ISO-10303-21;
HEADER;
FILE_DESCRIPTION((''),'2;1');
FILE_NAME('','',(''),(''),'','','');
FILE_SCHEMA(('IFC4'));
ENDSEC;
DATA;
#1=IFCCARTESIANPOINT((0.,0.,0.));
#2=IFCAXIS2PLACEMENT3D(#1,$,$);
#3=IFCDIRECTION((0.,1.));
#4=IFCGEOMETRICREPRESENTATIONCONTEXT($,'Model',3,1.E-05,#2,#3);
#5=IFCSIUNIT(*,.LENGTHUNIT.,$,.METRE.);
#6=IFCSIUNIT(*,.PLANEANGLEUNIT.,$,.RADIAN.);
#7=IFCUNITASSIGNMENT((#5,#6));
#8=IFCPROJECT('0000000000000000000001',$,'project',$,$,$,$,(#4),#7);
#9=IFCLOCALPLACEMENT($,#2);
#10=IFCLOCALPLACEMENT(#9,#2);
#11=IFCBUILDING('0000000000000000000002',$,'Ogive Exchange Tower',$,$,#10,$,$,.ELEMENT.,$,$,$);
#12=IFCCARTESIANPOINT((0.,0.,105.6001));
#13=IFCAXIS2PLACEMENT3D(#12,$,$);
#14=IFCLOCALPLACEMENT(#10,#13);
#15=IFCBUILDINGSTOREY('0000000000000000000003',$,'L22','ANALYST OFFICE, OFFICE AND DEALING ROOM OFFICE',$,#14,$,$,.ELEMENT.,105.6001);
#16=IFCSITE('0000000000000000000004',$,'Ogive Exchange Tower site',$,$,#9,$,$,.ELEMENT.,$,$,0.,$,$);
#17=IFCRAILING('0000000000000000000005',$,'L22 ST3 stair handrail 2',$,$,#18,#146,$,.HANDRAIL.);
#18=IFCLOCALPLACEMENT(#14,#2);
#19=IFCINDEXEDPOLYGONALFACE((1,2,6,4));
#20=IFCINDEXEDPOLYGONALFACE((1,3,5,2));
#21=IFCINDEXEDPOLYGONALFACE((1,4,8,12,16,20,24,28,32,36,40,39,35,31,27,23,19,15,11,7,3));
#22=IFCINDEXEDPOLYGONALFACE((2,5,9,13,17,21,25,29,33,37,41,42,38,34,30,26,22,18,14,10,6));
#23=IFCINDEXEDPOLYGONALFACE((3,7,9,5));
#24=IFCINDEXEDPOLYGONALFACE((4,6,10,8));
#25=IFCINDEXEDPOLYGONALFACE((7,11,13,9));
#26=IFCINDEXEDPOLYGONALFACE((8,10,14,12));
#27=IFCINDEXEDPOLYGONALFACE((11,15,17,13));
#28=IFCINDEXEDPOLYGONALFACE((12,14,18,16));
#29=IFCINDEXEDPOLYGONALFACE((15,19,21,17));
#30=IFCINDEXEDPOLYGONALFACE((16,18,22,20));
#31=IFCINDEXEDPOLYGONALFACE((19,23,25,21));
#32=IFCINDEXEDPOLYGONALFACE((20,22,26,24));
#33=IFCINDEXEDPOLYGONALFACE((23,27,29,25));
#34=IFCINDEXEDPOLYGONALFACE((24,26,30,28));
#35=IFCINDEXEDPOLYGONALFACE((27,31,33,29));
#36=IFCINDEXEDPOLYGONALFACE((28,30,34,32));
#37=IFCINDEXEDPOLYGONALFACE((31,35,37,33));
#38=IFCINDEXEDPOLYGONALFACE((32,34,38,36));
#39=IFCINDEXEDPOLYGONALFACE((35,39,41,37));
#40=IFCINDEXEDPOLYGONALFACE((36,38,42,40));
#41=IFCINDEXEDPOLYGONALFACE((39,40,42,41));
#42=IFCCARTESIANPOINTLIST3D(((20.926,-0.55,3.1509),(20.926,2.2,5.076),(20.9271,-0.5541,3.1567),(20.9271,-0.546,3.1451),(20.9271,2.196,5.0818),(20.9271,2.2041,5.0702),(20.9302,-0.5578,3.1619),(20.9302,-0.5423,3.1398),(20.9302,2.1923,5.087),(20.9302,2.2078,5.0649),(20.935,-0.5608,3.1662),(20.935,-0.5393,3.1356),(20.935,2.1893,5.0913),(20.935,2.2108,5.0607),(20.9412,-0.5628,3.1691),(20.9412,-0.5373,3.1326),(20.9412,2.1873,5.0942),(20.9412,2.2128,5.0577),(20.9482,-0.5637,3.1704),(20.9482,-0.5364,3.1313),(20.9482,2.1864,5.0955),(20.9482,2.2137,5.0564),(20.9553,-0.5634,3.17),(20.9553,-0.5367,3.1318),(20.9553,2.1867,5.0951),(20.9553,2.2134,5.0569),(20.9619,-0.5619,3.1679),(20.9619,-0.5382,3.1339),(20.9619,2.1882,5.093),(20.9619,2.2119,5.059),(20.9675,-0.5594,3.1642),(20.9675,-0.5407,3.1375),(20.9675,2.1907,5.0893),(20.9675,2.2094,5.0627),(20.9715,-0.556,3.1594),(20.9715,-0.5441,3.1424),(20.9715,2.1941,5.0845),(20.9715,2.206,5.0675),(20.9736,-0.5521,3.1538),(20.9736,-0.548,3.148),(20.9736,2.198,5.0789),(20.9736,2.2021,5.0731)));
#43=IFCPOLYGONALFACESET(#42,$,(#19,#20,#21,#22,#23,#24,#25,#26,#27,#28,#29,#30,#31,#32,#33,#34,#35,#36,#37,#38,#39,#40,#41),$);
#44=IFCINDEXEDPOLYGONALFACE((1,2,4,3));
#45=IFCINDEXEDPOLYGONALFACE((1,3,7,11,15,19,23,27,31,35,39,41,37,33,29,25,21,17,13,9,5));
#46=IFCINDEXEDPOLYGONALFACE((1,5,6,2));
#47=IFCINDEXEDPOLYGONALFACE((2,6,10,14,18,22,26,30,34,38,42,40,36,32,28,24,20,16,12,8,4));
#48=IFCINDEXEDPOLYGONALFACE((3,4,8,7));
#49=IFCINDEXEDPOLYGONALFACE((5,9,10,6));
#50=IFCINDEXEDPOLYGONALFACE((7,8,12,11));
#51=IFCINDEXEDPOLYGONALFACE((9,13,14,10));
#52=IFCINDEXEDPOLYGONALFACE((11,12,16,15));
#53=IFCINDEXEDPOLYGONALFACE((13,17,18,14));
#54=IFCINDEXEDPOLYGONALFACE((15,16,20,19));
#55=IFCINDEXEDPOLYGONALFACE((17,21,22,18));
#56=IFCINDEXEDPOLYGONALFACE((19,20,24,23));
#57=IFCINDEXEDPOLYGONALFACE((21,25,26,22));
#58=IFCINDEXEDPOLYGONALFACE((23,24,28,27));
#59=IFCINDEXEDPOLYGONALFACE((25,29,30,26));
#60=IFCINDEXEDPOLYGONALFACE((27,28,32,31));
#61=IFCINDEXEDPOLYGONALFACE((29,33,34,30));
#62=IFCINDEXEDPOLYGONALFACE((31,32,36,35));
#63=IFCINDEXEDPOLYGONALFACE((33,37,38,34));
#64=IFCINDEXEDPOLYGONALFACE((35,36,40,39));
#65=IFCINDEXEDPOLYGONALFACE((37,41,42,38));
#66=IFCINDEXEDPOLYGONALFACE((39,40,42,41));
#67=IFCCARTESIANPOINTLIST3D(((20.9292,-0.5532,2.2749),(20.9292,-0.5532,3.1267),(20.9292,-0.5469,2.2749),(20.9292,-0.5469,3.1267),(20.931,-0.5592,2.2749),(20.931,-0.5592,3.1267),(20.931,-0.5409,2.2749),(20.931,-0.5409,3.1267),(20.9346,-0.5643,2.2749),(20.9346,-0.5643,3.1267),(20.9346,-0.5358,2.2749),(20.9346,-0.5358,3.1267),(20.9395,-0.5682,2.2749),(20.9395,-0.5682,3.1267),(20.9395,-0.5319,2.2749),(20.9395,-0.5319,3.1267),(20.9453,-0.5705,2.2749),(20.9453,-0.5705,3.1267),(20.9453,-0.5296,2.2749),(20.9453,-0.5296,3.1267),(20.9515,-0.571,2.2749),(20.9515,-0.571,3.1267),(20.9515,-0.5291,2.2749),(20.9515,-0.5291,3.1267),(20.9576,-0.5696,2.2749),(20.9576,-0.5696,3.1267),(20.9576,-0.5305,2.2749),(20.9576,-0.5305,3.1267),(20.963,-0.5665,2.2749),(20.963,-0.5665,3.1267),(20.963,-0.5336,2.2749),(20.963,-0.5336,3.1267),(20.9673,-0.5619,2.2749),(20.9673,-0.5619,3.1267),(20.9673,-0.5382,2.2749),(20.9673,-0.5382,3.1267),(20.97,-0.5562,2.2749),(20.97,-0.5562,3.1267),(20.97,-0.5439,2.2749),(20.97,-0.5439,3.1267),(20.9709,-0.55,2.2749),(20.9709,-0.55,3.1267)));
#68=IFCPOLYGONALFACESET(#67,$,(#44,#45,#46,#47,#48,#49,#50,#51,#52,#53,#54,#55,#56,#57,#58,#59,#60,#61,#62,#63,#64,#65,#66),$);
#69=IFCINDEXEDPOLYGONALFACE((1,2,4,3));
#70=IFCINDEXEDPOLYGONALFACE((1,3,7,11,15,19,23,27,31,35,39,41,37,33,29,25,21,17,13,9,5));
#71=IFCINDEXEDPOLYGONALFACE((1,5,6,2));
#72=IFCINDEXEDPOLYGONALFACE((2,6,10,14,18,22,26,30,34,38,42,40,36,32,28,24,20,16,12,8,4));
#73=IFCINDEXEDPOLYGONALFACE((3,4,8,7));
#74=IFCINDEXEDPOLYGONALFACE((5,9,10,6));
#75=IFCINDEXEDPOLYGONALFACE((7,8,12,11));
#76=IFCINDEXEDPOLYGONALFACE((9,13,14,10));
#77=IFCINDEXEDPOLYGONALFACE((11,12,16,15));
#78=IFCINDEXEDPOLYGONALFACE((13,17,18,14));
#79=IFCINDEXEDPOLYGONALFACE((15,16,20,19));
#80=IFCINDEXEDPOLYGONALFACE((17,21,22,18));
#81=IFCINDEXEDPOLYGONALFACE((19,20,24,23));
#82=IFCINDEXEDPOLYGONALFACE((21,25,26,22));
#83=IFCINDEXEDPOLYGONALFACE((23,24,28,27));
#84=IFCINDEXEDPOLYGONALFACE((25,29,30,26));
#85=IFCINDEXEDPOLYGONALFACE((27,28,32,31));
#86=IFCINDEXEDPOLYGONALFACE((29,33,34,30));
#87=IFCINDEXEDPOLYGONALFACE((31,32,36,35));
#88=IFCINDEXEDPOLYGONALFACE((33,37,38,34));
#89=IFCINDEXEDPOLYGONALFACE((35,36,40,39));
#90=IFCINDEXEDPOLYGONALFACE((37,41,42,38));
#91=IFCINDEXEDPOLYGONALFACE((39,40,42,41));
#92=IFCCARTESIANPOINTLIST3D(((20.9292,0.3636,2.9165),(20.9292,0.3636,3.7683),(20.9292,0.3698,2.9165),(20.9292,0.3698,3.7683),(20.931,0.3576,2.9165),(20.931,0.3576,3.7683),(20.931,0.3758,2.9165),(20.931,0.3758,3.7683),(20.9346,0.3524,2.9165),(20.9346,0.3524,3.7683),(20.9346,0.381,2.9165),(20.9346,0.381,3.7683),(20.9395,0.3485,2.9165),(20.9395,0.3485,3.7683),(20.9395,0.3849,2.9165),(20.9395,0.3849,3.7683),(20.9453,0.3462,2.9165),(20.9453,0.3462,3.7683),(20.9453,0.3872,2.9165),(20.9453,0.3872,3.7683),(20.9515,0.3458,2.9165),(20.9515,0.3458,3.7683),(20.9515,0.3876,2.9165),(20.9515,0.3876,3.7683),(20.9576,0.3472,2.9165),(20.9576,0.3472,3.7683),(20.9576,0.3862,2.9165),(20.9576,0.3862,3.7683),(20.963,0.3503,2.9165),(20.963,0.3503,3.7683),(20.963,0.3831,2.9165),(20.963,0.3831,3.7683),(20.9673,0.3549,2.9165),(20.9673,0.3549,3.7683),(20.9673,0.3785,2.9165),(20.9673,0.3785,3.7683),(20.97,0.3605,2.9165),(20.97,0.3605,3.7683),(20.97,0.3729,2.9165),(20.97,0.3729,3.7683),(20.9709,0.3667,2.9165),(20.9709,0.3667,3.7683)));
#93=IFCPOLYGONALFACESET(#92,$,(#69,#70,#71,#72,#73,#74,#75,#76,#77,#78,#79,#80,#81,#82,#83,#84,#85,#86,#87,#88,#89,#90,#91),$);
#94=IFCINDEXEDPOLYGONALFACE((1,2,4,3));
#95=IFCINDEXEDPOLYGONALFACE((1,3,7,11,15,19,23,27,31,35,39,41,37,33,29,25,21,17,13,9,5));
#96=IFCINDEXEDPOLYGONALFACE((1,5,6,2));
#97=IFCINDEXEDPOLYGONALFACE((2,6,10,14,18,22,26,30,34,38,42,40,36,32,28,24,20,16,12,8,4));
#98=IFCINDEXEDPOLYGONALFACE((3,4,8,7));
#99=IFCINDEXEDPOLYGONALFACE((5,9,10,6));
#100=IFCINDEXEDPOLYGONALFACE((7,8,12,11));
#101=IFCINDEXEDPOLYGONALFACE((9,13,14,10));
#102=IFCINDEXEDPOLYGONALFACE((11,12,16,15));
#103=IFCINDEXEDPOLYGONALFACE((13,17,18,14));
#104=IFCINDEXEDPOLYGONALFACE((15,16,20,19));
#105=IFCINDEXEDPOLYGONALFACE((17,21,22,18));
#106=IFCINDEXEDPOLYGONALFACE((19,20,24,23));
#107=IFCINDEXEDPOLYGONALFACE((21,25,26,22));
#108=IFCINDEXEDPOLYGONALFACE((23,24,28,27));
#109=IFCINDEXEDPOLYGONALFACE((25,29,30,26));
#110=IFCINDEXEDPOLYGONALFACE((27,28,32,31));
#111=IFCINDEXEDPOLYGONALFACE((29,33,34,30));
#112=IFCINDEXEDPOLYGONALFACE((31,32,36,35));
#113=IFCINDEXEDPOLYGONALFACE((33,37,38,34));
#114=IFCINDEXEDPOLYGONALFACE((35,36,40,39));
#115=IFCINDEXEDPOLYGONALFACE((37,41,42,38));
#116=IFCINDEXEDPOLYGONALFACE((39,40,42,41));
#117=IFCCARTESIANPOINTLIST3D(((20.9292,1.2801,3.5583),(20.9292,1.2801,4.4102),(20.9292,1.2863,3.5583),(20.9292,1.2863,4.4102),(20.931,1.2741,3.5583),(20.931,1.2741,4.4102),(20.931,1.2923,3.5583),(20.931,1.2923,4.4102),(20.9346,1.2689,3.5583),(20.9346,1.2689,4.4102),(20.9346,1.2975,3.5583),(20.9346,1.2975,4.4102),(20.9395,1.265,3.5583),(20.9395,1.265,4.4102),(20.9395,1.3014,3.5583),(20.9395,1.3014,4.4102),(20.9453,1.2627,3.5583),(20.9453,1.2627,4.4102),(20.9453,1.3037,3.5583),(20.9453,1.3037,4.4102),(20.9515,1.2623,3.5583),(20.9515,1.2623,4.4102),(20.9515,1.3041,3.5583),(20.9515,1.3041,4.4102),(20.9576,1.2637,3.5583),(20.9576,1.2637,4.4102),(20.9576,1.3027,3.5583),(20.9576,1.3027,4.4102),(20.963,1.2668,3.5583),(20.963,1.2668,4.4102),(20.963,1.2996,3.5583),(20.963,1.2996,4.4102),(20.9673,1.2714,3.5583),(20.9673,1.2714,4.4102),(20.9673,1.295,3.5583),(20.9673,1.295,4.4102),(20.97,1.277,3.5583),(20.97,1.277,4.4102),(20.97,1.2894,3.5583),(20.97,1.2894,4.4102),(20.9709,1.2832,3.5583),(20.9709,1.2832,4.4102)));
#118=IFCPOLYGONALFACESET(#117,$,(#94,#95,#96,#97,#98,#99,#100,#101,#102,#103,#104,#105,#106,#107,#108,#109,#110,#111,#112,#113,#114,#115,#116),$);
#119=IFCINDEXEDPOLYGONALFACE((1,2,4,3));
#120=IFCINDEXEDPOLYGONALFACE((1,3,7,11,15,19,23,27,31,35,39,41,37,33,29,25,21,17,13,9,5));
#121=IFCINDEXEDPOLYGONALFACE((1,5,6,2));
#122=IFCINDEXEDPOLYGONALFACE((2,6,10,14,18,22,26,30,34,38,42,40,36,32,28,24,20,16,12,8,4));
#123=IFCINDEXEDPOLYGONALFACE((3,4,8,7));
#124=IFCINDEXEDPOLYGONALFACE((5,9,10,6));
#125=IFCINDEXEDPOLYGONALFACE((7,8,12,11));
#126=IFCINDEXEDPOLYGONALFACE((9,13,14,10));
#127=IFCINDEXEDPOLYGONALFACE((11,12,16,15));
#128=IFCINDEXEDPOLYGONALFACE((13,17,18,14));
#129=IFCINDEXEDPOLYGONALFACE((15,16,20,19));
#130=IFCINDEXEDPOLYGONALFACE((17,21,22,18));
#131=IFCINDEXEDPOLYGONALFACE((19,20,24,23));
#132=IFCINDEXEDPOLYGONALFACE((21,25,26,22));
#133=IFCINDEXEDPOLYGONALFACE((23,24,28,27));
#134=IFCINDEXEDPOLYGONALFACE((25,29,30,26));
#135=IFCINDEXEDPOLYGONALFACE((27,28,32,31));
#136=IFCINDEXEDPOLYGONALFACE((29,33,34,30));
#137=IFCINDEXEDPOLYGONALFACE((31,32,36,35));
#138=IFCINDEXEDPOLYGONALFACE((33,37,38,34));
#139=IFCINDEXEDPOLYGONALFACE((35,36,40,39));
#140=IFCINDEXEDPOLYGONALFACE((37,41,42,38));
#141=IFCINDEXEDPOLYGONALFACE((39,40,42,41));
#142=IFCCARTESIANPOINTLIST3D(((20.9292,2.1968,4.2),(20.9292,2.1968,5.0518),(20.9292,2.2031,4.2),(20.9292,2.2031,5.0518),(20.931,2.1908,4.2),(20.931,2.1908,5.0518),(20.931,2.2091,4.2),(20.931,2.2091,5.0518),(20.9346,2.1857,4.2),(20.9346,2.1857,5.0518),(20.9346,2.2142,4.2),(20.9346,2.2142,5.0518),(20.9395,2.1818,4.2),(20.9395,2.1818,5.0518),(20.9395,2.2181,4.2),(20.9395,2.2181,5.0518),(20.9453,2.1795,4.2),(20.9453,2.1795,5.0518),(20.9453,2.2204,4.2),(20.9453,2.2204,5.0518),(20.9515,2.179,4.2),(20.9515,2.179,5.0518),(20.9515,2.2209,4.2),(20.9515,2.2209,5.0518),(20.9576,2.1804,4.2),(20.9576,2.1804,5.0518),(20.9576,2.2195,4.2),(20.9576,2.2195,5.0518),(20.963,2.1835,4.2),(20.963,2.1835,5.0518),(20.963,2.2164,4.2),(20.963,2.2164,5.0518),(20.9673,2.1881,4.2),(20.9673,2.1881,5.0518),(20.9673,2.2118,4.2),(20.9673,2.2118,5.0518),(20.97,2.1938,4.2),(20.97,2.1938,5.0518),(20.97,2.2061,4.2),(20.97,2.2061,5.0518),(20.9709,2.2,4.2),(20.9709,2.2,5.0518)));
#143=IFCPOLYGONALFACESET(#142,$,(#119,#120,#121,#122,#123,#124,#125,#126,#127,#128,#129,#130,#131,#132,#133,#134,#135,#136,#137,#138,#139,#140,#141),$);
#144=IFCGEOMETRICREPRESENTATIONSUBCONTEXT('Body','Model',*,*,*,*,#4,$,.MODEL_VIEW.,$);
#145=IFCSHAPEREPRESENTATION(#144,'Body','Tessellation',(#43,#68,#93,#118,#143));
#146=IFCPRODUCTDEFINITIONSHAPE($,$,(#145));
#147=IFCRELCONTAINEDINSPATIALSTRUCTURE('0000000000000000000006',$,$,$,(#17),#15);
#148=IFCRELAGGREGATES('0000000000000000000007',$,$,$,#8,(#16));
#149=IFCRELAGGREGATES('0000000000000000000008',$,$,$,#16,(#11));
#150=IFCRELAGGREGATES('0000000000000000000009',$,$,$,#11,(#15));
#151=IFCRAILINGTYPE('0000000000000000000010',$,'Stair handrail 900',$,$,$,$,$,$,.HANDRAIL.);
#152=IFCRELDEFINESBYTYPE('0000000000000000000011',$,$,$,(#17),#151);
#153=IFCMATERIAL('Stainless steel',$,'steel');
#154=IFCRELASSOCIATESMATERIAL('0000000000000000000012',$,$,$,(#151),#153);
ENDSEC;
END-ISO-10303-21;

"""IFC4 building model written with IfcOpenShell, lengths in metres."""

from ifc_helpers import new_model, si_unit, direction, frame, origin, origin_2d, place, context, subcontext, project, spatial, circle, extrude, material, type_object, element, save


model = new_model("IFC4")

# Units and contexts
model_context = context("Model", 3, precision=1e-05, world=origin(), true_north=direction((0.0, 1.0)))
body_context = subcontext(model_context, "Body", "Model", "MODEL_VIEW")
ifc_project = project(units=[si_unit("LENGTHUNIT", "METRE"), si_unit("PLANEANGLEUNIT", "RADIAN")], contexts=[model_context])

# Site, building, storey
site_placement = place(None, origin())
site = spatial("IfcSite", under=ifc_project, at=site_placement, Name="Ogive Exchange Tower site", CompositionType="ELEMENT", RefElevation=0.0)
building_placement = place(site_placement, origin())
building = spatial("IfcBuilding", under=site, at=building_placement, Name="Ogive Exchange Tower", CompositionType="ELEMENT")
storey_placement = place(building_placement, frame((0.0, 0.0, 105.6001)))
storey = spatial("IfcBuildingStorey", under=building, at=storey_placement, Name="L22", Description="ANALYST OFFICE, OFFICE AND DEALING ROOM OFFICE", CompositionType="ELEMENT", Elevation=105.6001)

# Shared definitions
ifc_material_1 = material(Name="Stainless steel", Category="steel")

# Railing
railing_type = type_object("IfcRailingType", Name="Stair handrail 900", PredefinedType="HANDRAIL", material=ifc_material_1)
railing_1_placement = place(storey_placement, frame((20.95, -0.55, 2.2749)))
element("IfcRailing", 1, at=railing_1_placement, inside=storey, type_object=railing_type, Name="L22 ST3 stair handrail 2", PredefinedType="HANDRAIL", context=body_context, shape_type="SweptSolid", body=[
    extrude(circle(Radius=0.0239, at=origin_2d()), frame((0.0, 0.0, 0.876), z_axis=(0.0, 0.819225, 0.573472), x_axis=(-1.0, 0.0, 0.0)), (0.0, 0.0, 1.0), 3.3569),
    extrude(circle(Radius=0.021, at=origin_2d()), origin(), (0.0, 0.0, 1.0), 0.8518),
    extrude(circle(Radius=0.021, at=origin_2d()), frame((0.0, 0.9167, 0.6416)), (0.0, 0.0, 1.0), 0.8518),
    extrude(circle(Radius=0.021, at=origin_2d()), frame((0.0, 1.8333, 1.2834)), (0.0, 0.0, 1.0), 0.8518),
    extrude(circle(Radius=0.021, at=origin_2d()), frame((0.0, 2.75, 1.925)), (0.0, 0.0, 1.0), 0.8518),
])

save(model, "model.ifc")
